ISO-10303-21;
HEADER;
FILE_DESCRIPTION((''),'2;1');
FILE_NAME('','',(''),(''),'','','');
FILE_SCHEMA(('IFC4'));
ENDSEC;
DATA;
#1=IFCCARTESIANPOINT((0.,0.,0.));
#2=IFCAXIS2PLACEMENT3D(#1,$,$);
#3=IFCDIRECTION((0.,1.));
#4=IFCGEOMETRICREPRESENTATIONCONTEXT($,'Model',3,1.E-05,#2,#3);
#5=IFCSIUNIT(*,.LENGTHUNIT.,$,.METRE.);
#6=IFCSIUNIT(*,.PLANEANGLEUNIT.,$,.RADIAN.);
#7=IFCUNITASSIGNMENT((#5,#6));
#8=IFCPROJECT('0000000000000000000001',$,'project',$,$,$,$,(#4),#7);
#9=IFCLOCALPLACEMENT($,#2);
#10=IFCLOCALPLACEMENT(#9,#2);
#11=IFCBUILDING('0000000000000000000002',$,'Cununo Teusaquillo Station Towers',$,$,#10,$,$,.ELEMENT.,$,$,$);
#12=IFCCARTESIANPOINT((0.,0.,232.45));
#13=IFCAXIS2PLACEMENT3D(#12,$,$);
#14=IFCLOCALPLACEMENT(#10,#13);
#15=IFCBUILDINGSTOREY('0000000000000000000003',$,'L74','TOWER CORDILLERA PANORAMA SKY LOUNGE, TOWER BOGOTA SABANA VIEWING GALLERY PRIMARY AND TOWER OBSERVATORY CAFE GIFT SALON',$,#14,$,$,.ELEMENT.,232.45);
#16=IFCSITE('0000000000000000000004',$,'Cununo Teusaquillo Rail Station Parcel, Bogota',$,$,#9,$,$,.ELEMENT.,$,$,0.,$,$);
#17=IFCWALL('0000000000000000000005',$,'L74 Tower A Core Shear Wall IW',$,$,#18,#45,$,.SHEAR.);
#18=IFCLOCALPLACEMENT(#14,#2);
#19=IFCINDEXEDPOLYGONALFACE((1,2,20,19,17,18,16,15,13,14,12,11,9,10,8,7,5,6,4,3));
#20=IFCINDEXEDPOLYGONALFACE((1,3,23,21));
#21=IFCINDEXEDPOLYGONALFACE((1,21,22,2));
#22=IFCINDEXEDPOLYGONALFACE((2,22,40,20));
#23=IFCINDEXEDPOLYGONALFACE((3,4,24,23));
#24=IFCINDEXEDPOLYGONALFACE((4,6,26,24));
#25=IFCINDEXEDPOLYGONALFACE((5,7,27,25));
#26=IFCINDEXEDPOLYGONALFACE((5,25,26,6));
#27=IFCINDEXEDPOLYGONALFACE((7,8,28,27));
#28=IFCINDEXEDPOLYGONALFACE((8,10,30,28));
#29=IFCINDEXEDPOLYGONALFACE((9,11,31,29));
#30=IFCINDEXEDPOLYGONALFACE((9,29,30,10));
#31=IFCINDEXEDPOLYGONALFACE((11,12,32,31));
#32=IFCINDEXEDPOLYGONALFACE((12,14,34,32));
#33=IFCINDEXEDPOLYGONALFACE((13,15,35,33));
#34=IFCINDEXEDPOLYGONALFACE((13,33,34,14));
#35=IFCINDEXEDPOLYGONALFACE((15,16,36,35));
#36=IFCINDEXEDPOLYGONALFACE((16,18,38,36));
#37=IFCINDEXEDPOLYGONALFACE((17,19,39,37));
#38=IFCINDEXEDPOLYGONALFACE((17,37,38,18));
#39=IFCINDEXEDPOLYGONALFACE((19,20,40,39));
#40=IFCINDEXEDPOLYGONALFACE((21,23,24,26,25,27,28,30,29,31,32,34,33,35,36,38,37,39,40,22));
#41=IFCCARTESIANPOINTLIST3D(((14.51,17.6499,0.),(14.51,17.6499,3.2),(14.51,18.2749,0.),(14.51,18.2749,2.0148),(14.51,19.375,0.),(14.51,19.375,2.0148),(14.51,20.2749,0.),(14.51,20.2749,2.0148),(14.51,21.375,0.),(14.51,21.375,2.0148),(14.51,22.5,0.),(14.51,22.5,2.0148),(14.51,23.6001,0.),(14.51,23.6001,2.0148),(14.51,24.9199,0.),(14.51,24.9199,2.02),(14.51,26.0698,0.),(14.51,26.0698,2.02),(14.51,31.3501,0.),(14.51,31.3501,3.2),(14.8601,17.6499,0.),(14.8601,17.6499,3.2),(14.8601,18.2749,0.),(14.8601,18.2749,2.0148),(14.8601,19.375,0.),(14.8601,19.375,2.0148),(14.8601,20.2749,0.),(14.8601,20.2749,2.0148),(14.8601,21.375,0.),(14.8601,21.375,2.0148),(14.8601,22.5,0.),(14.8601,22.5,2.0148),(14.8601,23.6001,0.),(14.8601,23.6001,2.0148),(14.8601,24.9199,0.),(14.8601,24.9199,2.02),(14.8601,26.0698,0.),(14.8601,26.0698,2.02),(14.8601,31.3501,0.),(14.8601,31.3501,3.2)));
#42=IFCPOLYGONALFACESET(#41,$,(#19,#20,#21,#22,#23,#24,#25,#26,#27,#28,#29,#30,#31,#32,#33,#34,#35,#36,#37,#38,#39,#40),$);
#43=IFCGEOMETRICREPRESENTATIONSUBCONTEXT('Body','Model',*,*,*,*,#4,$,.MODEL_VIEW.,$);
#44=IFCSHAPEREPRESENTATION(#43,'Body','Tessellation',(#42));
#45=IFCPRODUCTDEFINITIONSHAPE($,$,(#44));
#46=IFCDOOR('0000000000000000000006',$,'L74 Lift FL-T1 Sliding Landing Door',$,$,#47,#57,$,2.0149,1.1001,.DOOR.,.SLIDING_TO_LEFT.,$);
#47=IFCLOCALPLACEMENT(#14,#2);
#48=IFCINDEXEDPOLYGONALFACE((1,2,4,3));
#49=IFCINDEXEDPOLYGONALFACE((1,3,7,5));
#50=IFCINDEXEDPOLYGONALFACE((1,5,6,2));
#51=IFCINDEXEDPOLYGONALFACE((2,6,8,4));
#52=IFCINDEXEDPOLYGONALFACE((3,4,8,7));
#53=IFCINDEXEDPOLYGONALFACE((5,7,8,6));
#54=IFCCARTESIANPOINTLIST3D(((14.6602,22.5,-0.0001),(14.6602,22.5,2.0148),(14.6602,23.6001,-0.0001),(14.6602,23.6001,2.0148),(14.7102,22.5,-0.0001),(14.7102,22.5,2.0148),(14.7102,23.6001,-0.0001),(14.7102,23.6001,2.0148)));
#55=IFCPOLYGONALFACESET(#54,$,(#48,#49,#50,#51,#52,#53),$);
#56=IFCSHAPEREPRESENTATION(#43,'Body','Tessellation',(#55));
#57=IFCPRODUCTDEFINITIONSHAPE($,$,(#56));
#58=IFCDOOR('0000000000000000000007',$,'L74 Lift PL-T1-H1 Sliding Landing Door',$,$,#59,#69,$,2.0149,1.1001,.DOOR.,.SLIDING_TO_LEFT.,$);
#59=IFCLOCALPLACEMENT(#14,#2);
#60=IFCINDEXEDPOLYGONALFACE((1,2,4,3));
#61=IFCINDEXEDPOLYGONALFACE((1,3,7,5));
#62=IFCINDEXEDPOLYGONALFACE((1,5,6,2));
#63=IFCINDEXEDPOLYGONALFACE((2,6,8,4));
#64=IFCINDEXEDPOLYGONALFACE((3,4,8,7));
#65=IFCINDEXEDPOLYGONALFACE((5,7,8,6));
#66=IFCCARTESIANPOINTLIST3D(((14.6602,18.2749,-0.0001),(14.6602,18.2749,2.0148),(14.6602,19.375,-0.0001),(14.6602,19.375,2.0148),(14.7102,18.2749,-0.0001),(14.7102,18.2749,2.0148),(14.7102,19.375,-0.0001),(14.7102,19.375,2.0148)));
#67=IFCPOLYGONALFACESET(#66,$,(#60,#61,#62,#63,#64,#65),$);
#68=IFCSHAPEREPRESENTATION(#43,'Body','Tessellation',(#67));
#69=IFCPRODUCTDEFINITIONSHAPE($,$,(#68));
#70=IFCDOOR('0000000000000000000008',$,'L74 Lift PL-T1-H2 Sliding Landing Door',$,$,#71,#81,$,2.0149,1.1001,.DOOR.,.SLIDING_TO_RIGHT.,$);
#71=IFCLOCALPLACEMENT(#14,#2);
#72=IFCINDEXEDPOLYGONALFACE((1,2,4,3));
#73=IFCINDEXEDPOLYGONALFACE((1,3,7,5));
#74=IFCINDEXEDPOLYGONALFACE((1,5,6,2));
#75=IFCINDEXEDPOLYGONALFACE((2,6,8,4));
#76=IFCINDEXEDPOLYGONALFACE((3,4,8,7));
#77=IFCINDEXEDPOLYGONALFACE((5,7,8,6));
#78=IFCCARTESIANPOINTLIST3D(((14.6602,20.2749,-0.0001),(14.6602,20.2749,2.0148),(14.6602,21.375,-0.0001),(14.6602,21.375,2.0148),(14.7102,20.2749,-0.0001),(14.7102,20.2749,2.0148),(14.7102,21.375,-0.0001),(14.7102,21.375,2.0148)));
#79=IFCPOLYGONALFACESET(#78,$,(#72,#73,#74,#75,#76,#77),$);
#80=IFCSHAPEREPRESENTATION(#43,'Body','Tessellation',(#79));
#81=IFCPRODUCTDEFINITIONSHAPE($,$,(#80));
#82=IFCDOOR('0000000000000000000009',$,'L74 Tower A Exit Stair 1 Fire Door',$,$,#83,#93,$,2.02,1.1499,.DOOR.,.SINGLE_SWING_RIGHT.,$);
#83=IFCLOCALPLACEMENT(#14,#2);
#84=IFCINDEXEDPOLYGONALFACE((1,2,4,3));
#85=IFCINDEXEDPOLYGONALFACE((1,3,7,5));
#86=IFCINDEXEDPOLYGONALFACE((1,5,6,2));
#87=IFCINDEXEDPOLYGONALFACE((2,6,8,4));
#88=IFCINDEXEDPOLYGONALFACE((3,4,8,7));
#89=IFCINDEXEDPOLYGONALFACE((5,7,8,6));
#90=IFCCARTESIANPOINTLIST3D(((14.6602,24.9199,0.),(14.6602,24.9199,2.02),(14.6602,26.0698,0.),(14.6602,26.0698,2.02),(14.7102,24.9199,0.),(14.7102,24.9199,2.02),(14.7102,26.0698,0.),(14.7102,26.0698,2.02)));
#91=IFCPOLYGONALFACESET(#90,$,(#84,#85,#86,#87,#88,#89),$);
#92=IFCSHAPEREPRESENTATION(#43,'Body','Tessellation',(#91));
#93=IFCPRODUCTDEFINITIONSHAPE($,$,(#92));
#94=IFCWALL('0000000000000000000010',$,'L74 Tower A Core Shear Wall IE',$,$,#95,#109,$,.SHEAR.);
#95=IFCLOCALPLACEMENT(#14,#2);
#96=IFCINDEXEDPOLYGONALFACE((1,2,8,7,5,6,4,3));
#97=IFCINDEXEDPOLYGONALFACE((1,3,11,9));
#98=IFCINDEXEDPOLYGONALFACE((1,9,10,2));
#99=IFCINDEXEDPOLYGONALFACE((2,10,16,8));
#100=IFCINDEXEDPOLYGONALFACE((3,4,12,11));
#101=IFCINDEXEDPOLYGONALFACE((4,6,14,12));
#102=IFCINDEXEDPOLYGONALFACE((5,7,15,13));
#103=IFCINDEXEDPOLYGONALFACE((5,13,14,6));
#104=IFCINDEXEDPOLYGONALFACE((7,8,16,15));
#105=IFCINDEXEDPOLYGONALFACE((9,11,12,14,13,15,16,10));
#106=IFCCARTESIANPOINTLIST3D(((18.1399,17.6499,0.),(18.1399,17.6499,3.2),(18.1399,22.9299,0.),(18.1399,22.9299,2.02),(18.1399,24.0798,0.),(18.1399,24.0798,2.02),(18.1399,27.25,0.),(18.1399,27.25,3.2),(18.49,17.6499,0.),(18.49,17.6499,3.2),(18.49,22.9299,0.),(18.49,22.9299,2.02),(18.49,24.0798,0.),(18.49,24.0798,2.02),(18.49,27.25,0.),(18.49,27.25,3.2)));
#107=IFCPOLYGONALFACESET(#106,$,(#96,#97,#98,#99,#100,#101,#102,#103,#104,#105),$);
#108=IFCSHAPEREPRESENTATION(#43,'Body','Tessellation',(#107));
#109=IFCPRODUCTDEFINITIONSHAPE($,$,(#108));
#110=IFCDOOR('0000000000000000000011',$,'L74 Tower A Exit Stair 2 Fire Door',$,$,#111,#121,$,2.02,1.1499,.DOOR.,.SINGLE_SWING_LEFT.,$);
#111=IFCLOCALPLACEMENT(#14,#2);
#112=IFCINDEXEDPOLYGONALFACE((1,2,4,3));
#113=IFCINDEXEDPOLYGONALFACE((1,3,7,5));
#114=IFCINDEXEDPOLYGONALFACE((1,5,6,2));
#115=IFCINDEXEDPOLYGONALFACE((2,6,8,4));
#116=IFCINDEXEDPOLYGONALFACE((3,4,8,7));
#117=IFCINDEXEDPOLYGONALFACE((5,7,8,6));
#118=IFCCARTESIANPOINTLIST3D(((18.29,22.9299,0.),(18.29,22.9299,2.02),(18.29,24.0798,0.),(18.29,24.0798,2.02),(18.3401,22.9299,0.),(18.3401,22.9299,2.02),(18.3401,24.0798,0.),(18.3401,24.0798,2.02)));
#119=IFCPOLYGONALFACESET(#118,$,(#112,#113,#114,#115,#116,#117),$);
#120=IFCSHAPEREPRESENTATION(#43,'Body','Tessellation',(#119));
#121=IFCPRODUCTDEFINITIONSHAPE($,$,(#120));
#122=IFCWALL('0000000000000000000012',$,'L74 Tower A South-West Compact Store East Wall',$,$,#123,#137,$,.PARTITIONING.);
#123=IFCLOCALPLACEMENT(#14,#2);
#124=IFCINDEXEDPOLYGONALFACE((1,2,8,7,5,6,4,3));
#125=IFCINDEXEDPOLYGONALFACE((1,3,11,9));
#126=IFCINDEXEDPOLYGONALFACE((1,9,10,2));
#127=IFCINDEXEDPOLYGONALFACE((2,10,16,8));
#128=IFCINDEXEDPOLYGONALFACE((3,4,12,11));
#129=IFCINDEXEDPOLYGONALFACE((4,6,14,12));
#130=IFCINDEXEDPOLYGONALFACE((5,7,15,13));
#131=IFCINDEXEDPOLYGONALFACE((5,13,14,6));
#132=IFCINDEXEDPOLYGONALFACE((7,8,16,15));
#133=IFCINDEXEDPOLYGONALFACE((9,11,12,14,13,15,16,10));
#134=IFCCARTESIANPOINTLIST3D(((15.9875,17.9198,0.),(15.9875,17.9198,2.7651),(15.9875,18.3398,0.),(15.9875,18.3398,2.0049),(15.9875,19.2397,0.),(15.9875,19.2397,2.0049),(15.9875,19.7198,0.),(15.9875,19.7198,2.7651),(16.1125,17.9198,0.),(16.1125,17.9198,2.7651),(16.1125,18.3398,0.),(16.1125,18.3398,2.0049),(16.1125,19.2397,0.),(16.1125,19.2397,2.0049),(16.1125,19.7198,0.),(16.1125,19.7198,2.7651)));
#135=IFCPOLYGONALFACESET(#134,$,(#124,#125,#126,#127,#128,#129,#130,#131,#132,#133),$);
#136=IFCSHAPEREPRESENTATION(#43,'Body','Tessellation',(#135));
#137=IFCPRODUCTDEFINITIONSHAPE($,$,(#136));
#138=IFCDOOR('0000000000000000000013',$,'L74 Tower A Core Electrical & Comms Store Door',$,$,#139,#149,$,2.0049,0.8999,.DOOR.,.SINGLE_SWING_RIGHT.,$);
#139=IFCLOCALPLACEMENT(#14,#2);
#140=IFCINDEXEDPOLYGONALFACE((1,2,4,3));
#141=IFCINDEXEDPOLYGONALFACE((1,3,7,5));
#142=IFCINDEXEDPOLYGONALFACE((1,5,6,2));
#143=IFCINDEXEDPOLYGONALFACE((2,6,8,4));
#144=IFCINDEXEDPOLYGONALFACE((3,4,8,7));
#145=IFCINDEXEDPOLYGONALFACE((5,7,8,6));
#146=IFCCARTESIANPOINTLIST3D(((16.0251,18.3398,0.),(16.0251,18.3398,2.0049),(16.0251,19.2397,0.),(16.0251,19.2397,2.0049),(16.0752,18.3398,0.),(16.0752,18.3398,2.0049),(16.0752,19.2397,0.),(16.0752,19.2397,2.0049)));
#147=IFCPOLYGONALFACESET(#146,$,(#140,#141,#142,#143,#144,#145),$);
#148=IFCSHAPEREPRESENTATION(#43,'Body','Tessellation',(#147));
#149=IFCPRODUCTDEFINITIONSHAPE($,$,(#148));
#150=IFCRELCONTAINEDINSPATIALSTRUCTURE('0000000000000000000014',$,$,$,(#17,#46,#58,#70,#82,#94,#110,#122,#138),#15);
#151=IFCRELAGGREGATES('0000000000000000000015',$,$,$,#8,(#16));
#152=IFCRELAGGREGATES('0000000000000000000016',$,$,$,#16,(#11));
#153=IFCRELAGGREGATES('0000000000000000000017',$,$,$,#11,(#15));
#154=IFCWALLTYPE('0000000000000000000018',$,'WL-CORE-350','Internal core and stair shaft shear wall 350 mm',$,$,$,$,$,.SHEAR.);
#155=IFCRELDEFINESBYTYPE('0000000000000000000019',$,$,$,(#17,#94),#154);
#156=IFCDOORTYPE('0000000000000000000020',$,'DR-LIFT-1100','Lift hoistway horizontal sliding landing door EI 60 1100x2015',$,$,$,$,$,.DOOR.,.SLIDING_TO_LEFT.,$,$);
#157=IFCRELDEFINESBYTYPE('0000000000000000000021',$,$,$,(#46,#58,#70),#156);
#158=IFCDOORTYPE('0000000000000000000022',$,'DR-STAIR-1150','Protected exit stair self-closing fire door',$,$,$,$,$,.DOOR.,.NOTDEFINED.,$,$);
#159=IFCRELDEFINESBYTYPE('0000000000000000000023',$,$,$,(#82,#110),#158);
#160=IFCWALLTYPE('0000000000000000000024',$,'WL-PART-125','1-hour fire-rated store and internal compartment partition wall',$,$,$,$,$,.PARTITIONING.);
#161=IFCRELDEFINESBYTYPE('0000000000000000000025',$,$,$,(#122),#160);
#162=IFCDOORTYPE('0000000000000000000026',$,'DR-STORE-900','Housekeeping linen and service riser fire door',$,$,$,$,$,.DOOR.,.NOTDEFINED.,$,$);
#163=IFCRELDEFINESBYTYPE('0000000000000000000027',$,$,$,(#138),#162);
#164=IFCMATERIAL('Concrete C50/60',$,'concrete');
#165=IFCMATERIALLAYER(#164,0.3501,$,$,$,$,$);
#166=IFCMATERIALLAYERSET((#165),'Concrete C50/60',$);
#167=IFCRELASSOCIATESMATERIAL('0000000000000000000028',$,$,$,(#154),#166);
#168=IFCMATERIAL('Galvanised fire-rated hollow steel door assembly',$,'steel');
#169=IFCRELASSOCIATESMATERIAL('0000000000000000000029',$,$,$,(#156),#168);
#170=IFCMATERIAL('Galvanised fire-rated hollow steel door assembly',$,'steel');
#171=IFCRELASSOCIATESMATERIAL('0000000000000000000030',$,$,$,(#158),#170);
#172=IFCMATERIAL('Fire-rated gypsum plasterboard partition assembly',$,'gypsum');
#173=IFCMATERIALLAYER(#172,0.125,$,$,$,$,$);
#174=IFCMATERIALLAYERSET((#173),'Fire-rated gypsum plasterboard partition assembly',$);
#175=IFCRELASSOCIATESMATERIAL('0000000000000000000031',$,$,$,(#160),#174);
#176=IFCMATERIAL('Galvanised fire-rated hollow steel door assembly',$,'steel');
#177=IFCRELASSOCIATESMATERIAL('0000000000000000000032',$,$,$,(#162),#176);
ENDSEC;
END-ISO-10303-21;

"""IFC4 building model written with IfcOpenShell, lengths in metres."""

from ifc_helpers import new_model, si_unit, direction, frame, frame_2d, origin, place, context, subcontext, project, spatial, rectangle, extrude, source, transform, mapped, material, layer, layer_set, type_object, element, fill, save


model = new_model("IFC4")

# Units and contexts
model_context = context("Model", 3, precision=1e-05, world=origin(), true_north=direction((0.0, 1.0)))
body_context = subcontext(model_context, "Body", "Model", "MODEL_VIEW")
ifc_project = project(units=[si_unit("LENGTHUNIT", "METRE"), si_unit("PLANEANGLEUNIT", "RADIAN")], contexts=[model_context])

# Site, building, storey
site_placement = place(None, origin())
site = spatial("IfcSite", under=ifc_project, at=site_placement, Name="Cununo Teusaquillo Rail Station Parcel, Bogota", CompositionType="ELEMENT", RefElevation=0.0)
building_placement = place(site_placement, origin())
building = spatial("IfcBuilding", under=site, at=building_placement, Name="Cununo Teusaquillo Station Towers", CompositionType="ELEMENT")
storey_placement = place(building_placement, frame((0.0, 0.0, 232.45)))
storey = spatial("IfcBuildingStorey", under=building, at=storey_placement, Name="L74", Description="TOWER CORDILLERA PANORAMA SKY LOUNGE, TOWER BOGOTA SABANA VIEWING GALLERY PRIMARY AND TOWER OBSERVATORY CAFE GIFT SALON", CompositionType="ELEMENT", Elevation=232.45)

# Wall, openings, doors
ifc_material_1 = material(Name="Concrete C50/60", Category="concrete")
ifc_layer_1 = layer(ifc_material_1, 0.3501)
ifc_layer_set_1 = layer_set([ifc_layer_1], Name="Concrete C50/60")
wall_type_1 = type_object("IfcWallType", Name="WL-CORE-350", Description="Internal core and stair shaft shear wall 350 mm", PredefinedType="SHEAR", material=ifc_layer_set_1)
wall_1_placement = place(storey_placement, frame((14.6851, 17.6499, 0.0), z_axis=(0.0, 0.0, 1.0), x_axis=(0.0, 1.0, 0.0)))
wall_1 = element("IfcWall", 1, at=wall_1_placement, inside=storey, type_object=wall_type_1, Name="L74 Tower A Core Shear Wall IW", PredefinedType="SHEAR", context=body_context, shape_type="SweptSolid", body=[
    extrude(rectangle(XDim=13.7002, YDim=0.3501, at=frame_2d((6.8501, 0.0))), origin(), (0.0, 0.0, 1.0), 3.2),
])
shared_shape_1 = source(origin(), body_context, "Body", "SweptSolid", [
    extrude(rectangle(XDim=1.1001, YDim=2.0149, at=frame_2d((0.55, 1.0073))), frame((0.0, 0.1851, 0.0), z_axis=(0.0, -1.0, 0.0), x_axis=(1.0, 0.0, 0.0)), (0.0, 0.0, 1.0), 0.3701),
])
opening_1_placement = place(wall_1_placement, frame((4.8501, 0.0, 0.0)))
opening_1 = element("IfcOpeningElement", 2, at=opening_1_placement, cuts=wall_1, PredefinedType="OPENING", context=body_context, shape_type="MappedRepresentation", body=[
    mapped(shared_shape_1, transform((0.0, 0.0, 0.0), x_axis=(1.0, 0.0, 0.0), y_axis=(0.0, 1.0, 0.0), z_axis=(0.0, 0.0, 1.0), scale=1.0)),
])
opening_2_placement = place(wall_1_placement, frame((0.625, 0.0, 0.0)))
opening_2 = element("IfcOpeningElement", 3, at=opening_2_placement, cuts=wall_1, PredefinedType="OPENING", context=body_context, shape_type="MappedRepresentation", body=[
    mapped(shared_shape_1, transform((0.0, 0.0, 0.0), x_axis=(1.0, 0.0, 0.0), y_axis=(0.0, 1.0, 0.0), z_axis=(0.0, 0.0, 1.0), scale=1.0)),
])
opening_3_placement = place(wall_1_placement, frame((2.625, 0.0, 0.0)))
opening_3 = element("IfcOpeningElement", 4, at=opening_3_placement, cuts=wall_1, PredefinedType="OPENING", context=body_context, shape_type="MappedRepresentation", body=[
    mapped(shared_shape_1, transform((0.0, 0.0, 0.0), x_axis=(1.0, 0.0, 0.0), y_axis=(0.0, 1.0, 0.0), z_axis=(0.0, 0.0, 1.0), scale=1.0)),
])
shared_shape_2 = source(origin(), body_context, "Body", "SweptSolid", [
    extrude(rectangle(XDim=1.1499, YDim=2.02, at=frame_2d((0.575, 1.01))), frame((0.0, 0.1851, 0.0), z_axis=(0.0, -1.0, 0.0), x_axis=(1.0, 0.0, 0.0)), (0.0, 0.0, 1.0), 0.3701),
])
opening_4_placement = place(wall_1_placement, frame((7.27, 0.0, 0.0)))
opening_4 = element("IfcOpeningElement", 5, at=opening_4_placement, cuts=wall_1, PredefinedType="OPENING", context=body_context, shape_type="MappedRepresentation", body=[
    mapped(shared_shape_2, transform((0.0, 0.0, 0.0), x_axis=(1.0, 0.0, 0.0), y_axis=(0.0, 1.0, 0.0), z_axis=(0.0, 0.0, 1.0), scale=1.0)),
])
ifc_material_2 = material(Name="Galvanised fire-rated hollow steel door assembly", Category="steel")
door_type_1 = type_object("IfcDoorType", Name="DR-LIFT-1100", Description="Lift hoistway horizontal sliding landing door EI 60 1100x2015", OperationType="SLIDING_TO_LEFT", PredefinedType="DOOR", material=ifc_material_2)
shared_shape_3 = source(origin(), body_context, "Body", "SweptSolid", [
    extrude(rectangle(XDim=1.1001, YDim=2.0149, at=frame_2d((0.55, 1.0073))), frame((0.0, 0.0249, 0.0), z_axis=(0.0, -1.0, 0.0), x_axis=(1.0, 0.0, 0.0)), (0.0, 0.0, 1.0), 0.05),
])
door_1_placement = place(opening_1_placement, origin())
door_1 = element("IfcDoor", 6, at=door_1_placement, inside=storey, type_object=door_type_1, Name="L74 Lift FL-T1 Sliding Landing Door", OperationType="SLIDING_TO_LEFT", OverallHeight=2.0149, OverallWidth=1.1001, PredefinedType="DOOR", context=body_context, shape_type="MappedRepresentation", body=[
    mapped(shared_shape_3, transform((0.0, 0.0, 0.0), x_axis=(1.0, 0.0, 0.0), y_axis=(0.0, 1.0, 0.0), z_axis=(0.0, 0.0, 1.0), scale=1.0)),
])
fill(opening_1, door_1)
door_2_placement = place(opening_2_placement, origin())
door_2 = element("IfcDoor", 7, at=door_2_placement, inside=storey, type_object=door_type_1, Name="L74 Lift PL-T1-H1 Sliding Landing Door", OperationType="SLIDING_TO_LEFT", OverallHeight=2.0149, OverallWidth=1.1001, PredefinedType="DOOR", context=body_context, shape_type="MappedRepresentation", body=[
    mapped(shared_shape_3, transform((0.0, 0.0, 0.0), x_axis=(1.0, 0.0, 0.0), y_axis=(0.0, 1.0, 0.0), z_axis=(0.0, 0.0, 1.0), scale=1.0)),
])
fill(opening_2, door_2)
door_3_placement = place(opening_3_placement, origin())
door_3 = element("IfcDoor", 8, at=door_3_placement, inside=storey, type_object=door_type_1, Name="L74 Lift PL-T1-H2 Sliding Landing Door", OperationType="SLIDING_TO_RIGHT", OverallHeight=2.0149, OverallWidth=1.1001, PredefinedType="DOOR", context=body_context, shape_type="MappedRepresentation", body=[
    mapped(shared_shape_3, transform((0.0, 0.0, 0.0), x_axis=(1.0, 0.0, 0.0), y_axis=(0.0, 1.0, 0.0), z_axis=(0.0, 0.0, 1.0), scale=1.0)),
])
fill(opening_3, door_3)
ifc_material_3 = material(Name="Galvanised fire-rated hollow steel door assembly", Category="steel")
door_type_2 = type_object("IfcDoorType", Name="DR-STAIR-1150", Description="Protected exit stair self-closing fire door", OperationType="NOTDEFINED", PredefinedType="DOOR", material=ifc_material_3)
shared_shape_4 = source(origin(), body_context, "Body", "SweptSolid", [
    extrude(rectangle(XDim=1.1499, YDim=2.02, at=frame_2d((0.575, 1.01))), frame((0.0, 0.0249, 0.0), z_axis=(0.0, -1.0, 0.0), x_axis=(1.0, 0.0, 0.0)), (0.0, 0.0, 1.0), 0.05),
])
door_4_placement = place(opening_4_placement, origin())
door_4 = element("IfcDoor", 9, at=door_4_placement, inside=storey, type_object=door_type_2, Name="L74 Tower A Exit Stair 1 Fire Door", OperationType="SINGLE_SWING_RIGHT", OverallHeight=2.02, OverallWidth=1.1499, PredefinedType="DOOR", context=body_context, shape_type="MappedRepresentation", body=[
    mapped(shared_shape_4, transform((0.0, 0.0, 0.0), x_axis=(1.0, 0.0, 0.0), y_axis=(0.0, 1.0, 0.0), z_axis=(0.0, 0.0, 1.0), scale=1.0)),
])
fill(opening_4, door_4)

# Walls, openings, doors
wall_2_placement = place(storey_placement, frame((18.3149, 17.6499, 0.0), z_axis=(0.0, 0.0, 1.0), x_axis=(0.0, 1.0, 0.0)))
wall_2 = element("IfcWall", 10, at=wall_2_placement, inside=storey, type_object=wall_type_1, Name="L74 Tower A Core Shear Wall IE", PredefinedType="SHEAR", context=body_context, shape_type="SweptSolid", body=[
    extrude(rectangle(XDim=9.6001, YDim=0.3501, at=frame_2d((4.8, 0.0))), origin(), (0.0, 0.0, 1.0), 3.2),
])
opening_5_placement = place(wall_2_placement, frame((5.28, 0.0, 0.0)))
opening_5 = element("IfcOpeningElement", 11, at=opening_5_placement, cuts=wall_2, PredefinedType="OPENING", context=body_context, shape_type="MappedRepresentation", body=[
    mapped(shared_shape_2, transform((0.0, 0.0, 0.0), x_axis=(1.0, 0.0, 0.0), y_axis=(0.0, 1.0, 0.0), z_axis=(0.0, 0.0, 1.0), scale=1.0)),
])
door_5_placement = place(opening_5_placement, origin())
door_5 = element("IfcDoor", 12, at=door_5_placement, inside=storey, type_object=door_type_2, Name="L74 Tower A Exit Stair 2 Fire Door", OperationType="SINGLE_SWING_LEFT", OverallHeight=2.02, OverallWidth=1.1499, PredefinedType="DOOR", context=body_context, shape_type="MappedRepresentation", body=[
    mapped(shared_shape_4, transform((0.0, 0.0, 0.0), x_axis=(1.0, 0.0, 0.0), y_axis=(0.0, 1.0, 0.0), z_axis=(0.0, 0.0, 1.0), scale=1.0)),
])
fill(opening_5, door_5)
ifc_material_4 = material(Name="Fire-rated gypsum plasterboard partition assembly", Category="gypsum")
ifc_layer_2 = layer(ifc_material_4, 0.125)
ifc_layer_set_2 = layer_set([ifc_layer_2], Name="Fire-rated gypsum plasterboard partition assembly")
wall_type_2 = type_object("IfcWallType", Name="WL-PART-125", Description="1-hour fire-rated store and internal compartment partition wall", PredefinedType="PARTITIONING", material=ifc_layer_set_2)
wall_3_placement = place(storey_placement, frame((16.05, 17.9199, 0.0), z_axis=(0.0, 0.0, 1.0), x_axis=(0.0, 1.0, 0.0)))
wall_3 = element("IfcWall", 13, at=wall_3_placement, inside=storey, type_object=wall_type_2, Name="L74 Tower A South-West Compact Store East Wall", PredefinedType="PARTITIONING", context=body_context, shape_type="SweptSolid", body=[
    extrude(rectangle(XDim=1.8, YDim=0.125, at=frame_2d((0.8999, 0.0))), origin(), (0.0, 0.0, 1.0), 2.7651),
])
shared_shape_5 = source(origin(), body_context, "Body", "SweptSolid", [
    extrude(rectangle(XDim=0.8999, YDim=2.0049, at=frame_2d((0.45, 1.0024))), frame((0.0, 0.0725, 0.0), z_axis=(0.0, -1.0, 0.0), x_axis=(1.0, 0.0, 0.0)), (0.0, 0.0, 1.0), 0.145),
])
opening_6_placement = place(wall_3_placement, frame((0.4199, 0.0, 0.0)))
opening_6 = element("IfcOpeningElement", 14, at=opening_6_placement, cuts=wall_3, PredefinedType="OPENING", context=body_context, shape_type="MappedRepresentation", body=[
    mapped(shared_shape_5, transform((0.0, 0.0, 0.0), x_axis=(1.0, 0.0, 0.0), y_axis=(0.0, 1.0, 0.0), z_axis=(0.0, 0.0, 1.0), scale=1.0)),
])
ifc_material_5 = material(Name="Galvanised fire-rated hollow steel door assembly", Category="steel")
door_type_3 = type_object("IfcDoorType", Name="DR-STORE-900", Description="Housekeeping linen and service riser fire door", OperationType="NOTDEFINED", PredefinedType="DOOR", material=ifc_material_5)
shared_shape_6 = source(origin(), body_context, "Body", "SweptSolid", [
    extrude(rectangle(XDim=0.8999, YDim=2.0049, at=frame_2d((0.45, 1.0024))), frame((0.0, 0.0249, 0.0), z_axis=(0.0, -1.0, 0.0), x_axis=(1.0, 0.0, 0.0)), (0.0, 0.0, 1.0), 0.05),
])
door_6_placement = place(opening_6_placement, origin())
door_6 = element("IfcDoor", 15, at=door_6_placement, inside=storey, type_object=door_type_3, Name="L74 Tower A Core Electrical & Comms Store Door", OperationType="SINGLE_SWING_RIGHT", OverallHeight=2.0049, OverallWidth=0.8999, PredefinedType="DOOR", context=body_context, shape_type="MappedRepresentation", body=[
    mapped(shared_shape_6, transform((0.0, 0.0, 0.0), x_axis=(1.0, 0.0, 0.0), y_axis=(0.0, 1.0, 0.0), z_axis=(0.0, 0.0, 1.0), scale=1.0)),
])
fill(opening_6, door_6)

save(model, "model.ifc")
